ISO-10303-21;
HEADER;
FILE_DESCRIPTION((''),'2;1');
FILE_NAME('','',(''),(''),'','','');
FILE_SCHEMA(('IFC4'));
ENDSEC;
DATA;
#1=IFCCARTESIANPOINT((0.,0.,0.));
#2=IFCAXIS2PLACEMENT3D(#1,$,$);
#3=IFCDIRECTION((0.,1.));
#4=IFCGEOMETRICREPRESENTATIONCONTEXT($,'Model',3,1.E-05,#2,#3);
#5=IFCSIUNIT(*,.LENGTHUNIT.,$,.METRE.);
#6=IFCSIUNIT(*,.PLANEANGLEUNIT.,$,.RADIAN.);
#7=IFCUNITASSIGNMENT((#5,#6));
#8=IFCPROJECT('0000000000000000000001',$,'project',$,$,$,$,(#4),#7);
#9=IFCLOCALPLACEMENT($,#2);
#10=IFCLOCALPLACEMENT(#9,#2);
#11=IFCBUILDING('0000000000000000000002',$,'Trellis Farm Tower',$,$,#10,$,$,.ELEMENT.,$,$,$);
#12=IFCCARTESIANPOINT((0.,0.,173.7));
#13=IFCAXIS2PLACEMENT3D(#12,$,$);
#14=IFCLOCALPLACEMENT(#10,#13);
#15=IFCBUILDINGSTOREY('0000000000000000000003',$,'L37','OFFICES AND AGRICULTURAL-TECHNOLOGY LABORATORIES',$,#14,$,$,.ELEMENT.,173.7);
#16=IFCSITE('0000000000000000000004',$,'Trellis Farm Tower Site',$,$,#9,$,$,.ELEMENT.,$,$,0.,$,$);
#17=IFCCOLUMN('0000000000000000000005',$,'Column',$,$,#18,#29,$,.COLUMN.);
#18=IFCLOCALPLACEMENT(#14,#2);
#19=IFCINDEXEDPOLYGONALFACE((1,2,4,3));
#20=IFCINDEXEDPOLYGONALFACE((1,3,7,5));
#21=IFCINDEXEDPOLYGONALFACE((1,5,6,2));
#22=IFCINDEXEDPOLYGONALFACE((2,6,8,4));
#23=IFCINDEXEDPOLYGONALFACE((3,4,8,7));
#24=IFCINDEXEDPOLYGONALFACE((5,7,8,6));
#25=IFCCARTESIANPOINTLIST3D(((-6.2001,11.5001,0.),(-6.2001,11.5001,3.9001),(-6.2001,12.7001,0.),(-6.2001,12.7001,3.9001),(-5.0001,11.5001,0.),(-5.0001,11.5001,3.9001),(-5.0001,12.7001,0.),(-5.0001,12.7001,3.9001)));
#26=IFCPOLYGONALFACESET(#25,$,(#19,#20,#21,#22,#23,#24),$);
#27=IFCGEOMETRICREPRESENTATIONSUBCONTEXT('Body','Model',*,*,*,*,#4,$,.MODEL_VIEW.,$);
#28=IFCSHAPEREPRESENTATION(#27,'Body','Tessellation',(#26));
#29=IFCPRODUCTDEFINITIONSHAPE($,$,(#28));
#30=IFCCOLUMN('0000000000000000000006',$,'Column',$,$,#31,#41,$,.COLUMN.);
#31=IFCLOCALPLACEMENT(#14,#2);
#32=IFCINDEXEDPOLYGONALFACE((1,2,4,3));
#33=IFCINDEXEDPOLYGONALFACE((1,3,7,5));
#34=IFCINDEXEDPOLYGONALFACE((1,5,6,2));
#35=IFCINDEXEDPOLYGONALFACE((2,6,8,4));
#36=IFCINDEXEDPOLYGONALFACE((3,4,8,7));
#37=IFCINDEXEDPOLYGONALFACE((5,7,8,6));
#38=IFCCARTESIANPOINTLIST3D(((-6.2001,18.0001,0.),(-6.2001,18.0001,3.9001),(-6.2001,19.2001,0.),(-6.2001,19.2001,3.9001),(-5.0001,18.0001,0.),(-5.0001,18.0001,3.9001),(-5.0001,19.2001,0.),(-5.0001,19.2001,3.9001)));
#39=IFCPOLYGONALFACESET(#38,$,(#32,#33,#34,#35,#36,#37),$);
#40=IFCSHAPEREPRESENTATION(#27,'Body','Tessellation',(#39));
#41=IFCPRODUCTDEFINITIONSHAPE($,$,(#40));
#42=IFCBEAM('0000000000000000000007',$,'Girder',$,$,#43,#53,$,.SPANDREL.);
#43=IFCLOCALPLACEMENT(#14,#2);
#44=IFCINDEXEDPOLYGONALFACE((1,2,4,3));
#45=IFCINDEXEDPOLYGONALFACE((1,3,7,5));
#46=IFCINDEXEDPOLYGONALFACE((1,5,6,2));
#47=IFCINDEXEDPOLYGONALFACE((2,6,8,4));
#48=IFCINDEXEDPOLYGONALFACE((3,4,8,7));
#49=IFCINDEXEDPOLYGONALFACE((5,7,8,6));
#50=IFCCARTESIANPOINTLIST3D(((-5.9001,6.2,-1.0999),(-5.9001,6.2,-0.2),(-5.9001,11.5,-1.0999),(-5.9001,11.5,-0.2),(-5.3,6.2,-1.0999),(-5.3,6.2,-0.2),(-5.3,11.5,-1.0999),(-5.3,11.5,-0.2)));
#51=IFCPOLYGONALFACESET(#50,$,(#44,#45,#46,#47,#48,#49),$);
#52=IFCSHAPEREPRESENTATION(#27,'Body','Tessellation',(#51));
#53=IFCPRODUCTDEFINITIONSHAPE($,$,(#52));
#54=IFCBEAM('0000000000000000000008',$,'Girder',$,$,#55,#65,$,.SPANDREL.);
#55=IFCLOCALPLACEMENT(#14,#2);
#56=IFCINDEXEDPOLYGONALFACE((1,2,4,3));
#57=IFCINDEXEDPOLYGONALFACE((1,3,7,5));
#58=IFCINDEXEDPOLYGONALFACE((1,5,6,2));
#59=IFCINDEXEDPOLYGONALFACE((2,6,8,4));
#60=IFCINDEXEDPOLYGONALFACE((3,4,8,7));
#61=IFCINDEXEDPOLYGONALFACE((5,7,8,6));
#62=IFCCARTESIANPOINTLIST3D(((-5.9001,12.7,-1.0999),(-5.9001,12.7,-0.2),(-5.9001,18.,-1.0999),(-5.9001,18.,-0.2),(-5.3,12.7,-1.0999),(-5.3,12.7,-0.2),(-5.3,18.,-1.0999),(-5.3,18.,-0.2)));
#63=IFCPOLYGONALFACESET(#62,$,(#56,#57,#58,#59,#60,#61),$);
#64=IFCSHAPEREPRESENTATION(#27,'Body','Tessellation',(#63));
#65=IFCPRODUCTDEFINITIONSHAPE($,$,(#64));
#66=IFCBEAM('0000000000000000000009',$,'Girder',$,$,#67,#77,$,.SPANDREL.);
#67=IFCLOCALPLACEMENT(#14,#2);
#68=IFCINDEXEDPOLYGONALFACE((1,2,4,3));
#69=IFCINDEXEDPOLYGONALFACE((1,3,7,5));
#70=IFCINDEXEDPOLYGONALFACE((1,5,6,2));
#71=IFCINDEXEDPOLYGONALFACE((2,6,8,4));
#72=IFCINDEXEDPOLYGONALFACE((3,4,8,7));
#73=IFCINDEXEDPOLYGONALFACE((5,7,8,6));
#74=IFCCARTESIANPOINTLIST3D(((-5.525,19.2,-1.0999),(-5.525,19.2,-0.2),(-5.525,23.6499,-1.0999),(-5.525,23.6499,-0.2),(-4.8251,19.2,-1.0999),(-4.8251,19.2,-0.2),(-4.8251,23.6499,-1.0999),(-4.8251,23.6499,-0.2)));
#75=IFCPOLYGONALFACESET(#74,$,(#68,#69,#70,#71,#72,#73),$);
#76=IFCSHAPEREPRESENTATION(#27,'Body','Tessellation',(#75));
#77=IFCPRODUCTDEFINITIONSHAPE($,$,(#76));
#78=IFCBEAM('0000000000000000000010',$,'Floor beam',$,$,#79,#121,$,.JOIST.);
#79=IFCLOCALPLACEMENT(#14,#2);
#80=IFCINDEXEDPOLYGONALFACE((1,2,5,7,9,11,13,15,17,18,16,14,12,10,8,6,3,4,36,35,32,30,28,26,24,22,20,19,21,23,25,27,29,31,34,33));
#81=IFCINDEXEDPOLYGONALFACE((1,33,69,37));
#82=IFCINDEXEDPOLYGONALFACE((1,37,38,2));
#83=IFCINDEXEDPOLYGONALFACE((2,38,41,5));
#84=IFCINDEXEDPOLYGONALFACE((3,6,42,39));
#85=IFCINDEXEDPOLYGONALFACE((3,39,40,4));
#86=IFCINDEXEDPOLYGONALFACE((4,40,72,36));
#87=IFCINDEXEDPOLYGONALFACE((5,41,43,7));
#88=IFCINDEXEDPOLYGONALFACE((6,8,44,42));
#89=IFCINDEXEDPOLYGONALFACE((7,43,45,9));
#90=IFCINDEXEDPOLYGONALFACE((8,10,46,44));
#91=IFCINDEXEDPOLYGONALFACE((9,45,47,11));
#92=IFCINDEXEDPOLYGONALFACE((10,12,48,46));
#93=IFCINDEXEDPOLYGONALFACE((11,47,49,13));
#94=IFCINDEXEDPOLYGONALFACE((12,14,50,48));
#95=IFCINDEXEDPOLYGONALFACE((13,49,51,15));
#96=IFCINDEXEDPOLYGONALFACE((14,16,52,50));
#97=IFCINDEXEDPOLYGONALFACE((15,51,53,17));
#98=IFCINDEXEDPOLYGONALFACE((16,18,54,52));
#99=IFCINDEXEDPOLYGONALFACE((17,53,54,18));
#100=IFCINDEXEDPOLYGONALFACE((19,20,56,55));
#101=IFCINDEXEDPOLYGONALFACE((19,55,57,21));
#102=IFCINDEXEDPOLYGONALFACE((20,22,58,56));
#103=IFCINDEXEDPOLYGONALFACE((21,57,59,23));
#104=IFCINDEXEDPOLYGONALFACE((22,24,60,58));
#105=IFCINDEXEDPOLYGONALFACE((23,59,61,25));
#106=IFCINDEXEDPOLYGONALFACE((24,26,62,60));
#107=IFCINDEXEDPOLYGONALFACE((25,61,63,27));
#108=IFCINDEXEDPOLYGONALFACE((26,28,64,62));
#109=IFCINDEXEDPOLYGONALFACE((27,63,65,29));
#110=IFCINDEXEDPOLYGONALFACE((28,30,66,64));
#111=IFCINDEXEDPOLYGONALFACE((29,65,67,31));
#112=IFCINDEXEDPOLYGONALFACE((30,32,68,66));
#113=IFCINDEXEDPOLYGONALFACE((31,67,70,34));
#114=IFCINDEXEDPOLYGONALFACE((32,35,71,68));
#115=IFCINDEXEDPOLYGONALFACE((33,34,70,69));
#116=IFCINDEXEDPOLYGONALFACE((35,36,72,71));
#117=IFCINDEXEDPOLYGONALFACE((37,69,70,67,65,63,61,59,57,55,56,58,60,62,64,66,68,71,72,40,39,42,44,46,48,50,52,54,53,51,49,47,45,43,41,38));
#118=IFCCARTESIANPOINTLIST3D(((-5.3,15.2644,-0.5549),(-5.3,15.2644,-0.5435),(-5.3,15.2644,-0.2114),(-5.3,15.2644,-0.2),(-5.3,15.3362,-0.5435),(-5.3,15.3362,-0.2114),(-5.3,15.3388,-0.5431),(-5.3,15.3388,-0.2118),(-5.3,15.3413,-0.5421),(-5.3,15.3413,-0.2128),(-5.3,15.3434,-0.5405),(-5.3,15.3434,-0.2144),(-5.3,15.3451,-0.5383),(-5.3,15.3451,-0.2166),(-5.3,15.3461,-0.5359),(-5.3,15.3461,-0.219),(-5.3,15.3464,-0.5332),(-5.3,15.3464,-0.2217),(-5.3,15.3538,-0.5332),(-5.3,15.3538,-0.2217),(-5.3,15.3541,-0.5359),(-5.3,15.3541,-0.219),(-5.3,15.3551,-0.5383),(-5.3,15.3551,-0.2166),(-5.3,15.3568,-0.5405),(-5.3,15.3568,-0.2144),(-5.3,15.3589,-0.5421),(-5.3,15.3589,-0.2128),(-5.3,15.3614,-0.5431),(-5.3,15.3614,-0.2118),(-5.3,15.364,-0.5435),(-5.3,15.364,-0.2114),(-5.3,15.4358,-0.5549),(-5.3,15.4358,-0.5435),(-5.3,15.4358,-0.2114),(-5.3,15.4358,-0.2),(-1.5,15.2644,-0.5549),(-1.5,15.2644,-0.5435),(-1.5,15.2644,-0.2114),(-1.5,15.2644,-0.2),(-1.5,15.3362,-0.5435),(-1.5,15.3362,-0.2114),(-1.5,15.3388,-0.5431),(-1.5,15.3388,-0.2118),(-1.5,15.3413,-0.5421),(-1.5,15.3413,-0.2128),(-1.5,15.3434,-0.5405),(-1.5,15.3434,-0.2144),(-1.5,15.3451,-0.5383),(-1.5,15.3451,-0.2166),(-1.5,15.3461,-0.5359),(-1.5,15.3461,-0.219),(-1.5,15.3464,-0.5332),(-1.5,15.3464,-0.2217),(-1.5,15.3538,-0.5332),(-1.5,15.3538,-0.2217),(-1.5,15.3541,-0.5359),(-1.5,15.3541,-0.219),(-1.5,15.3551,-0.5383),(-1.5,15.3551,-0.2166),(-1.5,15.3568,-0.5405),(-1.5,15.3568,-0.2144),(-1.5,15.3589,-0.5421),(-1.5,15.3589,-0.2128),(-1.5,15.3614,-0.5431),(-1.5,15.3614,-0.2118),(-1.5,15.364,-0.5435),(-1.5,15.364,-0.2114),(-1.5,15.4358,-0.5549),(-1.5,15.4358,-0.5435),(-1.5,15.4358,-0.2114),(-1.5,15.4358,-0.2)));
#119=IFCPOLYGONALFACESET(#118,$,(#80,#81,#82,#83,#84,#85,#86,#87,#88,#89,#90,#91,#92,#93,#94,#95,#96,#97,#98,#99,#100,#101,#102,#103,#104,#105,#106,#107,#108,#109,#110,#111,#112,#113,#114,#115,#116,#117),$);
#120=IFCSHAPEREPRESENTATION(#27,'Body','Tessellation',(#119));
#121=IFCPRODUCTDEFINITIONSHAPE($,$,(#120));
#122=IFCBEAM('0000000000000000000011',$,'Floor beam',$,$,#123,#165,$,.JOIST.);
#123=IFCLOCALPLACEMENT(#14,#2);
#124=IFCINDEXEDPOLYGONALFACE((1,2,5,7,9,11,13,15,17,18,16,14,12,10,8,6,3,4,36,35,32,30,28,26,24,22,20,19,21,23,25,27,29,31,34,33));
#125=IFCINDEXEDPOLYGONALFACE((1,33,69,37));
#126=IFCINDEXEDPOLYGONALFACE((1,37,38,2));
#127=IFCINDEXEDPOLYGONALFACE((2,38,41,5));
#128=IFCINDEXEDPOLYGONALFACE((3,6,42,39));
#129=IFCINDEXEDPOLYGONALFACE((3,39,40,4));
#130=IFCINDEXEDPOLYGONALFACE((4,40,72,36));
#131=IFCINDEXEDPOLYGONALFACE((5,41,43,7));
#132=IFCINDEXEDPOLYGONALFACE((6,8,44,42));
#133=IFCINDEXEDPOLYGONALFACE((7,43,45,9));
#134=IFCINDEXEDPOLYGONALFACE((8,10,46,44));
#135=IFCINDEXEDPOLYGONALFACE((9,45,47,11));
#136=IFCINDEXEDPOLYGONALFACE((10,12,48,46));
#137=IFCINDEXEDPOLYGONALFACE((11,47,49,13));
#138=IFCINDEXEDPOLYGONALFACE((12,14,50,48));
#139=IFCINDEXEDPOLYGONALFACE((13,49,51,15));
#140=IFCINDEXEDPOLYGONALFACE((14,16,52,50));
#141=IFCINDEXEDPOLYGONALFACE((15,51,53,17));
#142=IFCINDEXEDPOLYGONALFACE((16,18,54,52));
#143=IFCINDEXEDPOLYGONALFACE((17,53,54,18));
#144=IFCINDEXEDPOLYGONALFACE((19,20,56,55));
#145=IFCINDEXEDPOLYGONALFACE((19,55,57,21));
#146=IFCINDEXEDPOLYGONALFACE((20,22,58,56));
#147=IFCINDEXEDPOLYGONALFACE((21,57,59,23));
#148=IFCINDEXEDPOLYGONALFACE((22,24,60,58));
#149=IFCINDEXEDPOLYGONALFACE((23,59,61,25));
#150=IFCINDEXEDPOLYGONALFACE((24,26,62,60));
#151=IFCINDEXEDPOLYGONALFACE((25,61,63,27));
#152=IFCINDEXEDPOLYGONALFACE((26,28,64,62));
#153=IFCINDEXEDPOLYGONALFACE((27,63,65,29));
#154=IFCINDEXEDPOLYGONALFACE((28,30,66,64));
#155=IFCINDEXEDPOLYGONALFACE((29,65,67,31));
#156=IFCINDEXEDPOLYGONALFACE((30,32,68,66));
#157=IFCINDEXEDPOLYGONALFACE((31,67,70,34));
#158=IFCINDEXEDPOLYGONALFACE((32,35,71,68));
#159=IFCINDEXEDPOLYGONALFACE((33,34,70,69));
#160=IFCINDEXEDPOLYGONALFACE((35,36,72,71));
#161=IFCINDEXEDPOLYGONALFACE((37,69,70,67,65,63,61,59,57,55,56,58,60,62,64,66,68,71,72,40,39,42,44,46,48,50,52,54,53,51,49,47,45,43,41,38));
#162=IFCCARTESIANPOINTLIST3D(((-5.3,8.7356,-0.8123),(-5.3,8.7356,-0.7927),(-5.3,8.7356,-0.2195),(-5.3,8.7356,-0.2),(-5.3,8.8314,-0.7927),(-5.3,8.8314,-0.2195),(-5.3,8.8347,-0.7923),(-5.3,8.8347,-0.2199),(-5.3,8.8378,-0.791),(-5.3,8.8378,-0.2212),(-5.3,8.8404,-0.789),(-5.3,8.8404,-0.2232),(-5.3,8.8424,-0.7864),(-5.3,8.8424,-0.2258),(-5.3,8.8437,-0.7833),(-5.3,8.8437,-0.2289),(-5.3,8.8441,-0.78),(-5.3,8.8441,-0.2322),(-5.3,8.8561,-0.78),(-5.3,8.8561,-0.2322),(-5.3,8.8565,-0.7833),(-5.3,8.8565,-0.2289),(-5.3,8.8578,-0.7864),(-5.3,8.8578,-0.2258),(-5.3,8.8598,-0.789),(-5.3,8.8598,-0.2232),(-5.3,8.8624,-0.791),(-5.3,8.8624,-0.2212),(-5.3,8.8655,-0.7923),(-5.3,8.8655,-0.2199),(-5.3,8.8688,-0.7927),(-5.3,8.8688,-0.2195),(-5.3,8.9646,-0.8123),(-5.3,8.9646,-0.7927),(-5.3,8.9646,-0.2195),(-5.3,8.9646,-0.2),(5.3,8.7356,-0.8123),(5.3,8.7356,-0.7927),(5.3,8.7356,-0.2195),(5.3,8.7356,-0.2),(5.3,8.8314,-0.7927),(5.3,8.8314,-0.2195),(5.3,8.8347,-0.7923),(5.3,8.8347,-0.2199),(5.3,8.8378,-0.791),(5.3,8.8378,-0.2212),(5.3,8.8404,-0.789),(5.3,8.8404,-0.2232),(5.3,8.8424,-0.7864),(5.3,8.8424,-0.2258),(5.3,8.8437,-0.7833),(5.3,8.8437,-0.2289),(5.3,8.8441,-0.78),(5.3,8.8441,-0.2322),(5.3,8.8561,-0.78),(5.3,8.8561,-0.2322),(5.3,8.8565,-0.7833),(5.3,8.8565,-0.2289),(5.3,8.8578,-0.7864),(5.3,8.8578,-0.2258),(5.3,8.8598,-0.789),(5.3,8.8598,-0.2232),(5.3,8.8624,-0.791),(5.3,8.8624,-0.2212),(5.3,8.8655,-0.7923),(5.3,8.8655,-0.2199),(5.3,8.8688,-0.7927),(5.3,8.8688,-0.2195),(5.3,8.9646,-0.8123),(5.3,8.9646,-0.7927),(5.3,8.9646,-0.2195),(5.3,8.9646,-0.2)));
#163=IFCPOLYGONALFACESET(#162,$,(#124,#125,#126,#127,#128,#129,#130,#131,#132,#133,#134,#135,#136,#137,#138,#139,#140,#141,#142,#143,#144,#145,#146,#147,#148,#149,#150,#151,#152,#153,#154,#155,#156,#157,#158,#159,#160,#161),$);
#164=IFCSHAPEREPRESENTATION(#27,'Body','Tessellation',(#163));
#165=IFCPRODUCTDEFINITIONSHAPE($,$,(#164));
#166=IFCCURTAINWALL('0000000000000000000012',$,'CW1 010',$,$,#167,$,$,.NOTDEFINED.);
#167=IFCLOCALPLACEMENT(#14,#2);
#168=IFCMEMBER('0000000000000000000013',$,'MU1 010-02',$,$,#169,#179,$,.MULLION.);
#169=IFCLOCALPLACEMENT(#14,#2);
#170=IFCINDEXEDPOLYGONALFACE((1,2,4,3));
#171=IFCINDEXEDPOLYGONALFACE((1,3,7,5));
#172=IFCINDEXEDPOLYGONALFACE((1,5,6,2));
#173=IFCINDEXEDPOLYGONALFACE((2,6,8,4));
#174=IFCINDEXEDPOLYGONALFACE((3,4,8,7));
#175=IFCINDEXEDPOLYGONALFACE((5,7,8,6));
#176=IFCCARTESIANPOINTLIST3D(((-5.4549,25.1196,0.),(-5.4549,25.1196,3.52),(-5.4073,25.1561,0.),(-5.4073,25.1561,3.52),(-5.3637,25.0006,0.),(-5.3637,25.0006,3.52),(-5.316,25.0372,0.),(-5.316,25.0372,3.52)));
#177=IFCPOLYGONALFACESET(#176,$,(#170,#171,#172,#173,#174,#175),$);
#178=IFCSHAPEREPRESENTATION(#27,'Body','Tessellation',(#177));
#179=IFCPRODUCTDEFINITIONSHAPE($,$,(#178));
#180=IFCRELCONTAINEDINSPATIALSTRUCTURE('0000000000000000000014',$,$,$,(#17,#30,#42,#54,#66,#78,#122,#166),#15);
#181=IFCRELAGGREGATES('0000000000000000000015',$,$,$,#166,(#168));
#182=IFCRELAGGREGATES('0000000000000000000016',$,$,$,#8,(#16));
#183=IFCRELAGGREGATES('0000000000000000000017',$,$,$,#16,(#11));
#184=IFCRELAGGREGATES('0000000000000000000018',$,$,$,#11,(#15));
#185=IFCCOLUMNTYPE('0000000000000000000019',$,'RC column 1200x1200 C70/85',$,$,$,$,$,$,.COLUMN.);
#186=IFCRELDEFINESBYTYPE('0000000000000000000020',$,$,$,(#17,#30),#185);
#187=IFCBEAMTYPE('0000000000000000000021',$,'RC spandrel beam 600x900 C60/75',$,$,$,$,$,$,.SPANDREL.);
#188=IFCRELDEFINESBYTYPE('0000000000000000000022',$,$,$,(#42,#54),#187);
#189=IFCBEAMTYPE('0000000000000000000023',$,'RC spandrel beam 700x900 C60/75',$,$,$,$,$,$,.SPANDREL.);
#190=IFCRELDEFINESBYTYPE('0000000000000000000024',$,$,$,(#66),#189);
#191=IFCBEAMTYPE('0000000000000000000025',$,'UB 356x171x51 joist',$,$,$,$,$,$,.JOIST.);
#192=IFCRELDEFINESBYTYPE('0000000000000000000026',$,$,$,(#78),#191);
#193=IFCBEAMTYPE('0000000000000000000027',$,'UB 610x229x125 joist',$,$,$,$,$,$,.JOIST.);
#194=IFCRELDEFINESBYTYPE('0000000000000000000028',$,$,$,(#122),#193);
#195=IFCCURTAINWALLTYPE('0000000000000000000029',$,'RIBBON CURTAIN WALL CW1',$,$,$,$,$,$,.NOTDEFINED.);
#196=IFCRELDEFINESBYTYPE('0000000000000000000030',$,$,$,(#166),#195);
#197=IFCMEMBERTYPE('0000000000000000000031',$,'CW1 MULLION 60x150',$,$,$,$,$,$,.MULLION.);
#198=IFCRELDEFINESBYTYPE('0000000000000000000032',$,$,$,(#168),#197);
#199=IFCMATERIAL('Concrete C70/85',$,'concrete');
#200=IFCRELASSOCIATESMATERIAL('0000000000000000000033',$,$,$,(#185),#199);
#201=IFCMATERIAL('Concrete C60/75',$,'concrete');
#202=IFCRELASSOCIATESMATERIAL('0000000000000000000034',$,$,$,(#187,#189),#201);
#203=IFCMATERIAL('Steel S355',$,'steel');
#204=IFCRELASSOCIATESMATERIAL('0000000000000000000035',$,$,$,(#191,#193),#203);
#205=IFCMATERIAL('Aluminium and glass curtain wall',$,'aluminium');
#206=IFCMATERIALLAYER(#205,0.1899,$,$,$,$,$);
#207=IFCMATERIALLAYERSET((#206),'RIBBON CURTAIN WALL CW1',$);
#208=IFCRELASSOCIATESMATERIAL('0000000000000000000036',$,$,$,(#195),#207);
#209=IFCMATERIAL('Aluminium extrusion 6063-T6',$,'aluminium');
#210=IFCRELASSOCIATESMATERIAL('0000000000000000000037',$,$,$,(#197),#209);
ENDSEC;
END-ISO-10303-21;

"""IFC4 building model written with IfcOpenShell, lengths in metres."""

from ifc_helpers import new_model, si_unit, direction, frame, origin, origin_2d, place, context, subcontext, project, spatial, rectangle, i_section, extrude, source, transform, mapped, material, layer, layer_set, material_profile, profile_set, type_object, element, aggregate, save


model = new_model("IFC4")

# Units and contexts
model_context = context("Model", 3, precision=1e-05, world=origin(), true_north=direction((0.0, 1.0)))
body_context = subcontext(model_context, "Body", "Model", "MODEL_VIEW")
ifc_project = project(units=[si_unit("LENGTHUNIT", "METRE"), si_unit("PLANEANGLEUNIT", "RADIAN")], contexts=[model_context])

# Site, building, storey
site_placement = place(None, origin())
site = spatial("IfcSite", under=ifc_project, at=site_placement, Name="Trellis Farm Tower Site", CompositionType="ELEMENT", RefElevation=0.0)
building_placement = place(site_placement, origin())
building = spatial("IfcBuilding", under=site, at=building_placement, Name="Trellis Farm Tower", CompositionType="ELEMENT")
storey_placement = place(building_placement, frame((0.0, 0.0, 173.7)))
storey = spatial("IfcBuildingStorey", under=building, at=storey_placement, Name="L37", Description="OFFICES AND AGRICULTURAL-TECHNOLOGY LABORATORIES", CompositionType="ELEMENT", Elevation=173.7)

# Columns
ifc_material_1 = material(Name="Concrete C70/85", Category="concrete")
ifc_material_profile_1 = material_profile(ifc_material_1, rectangle(XDim=1.2, YDim=1.2, at=origin_2d()), Name="RC column 1200x1200 C70/85")
ifc_profile_set_1 = profile_set([ifc_material_profile_1], Name="Concrete C70/85")
column_type = type_object("IfcColumnType", Name="RC column 1200x1200 C70/85", PredefinedType="COLUMN", material=ifc_profile_set_1)
shared_shape_1 = source(origin(), body_context, "Body", "SweptSolid", [
    extrude(rectangle(XDim=1.2, YDim=1.2, at=origin_2d()), origin(), (0.0, 0.0, 1.0), 3.9001),
])
for number, where, z_axis, x_axis, name in (
    (1, (-5.6001, 12.1001, 0.0), (0.0, 0.0, 1.0), (1.0, 0.0, 0.0), "Column"),
    (2, (-5.6001, 18.6001, 0.0), (0.0, 0.0, 1.0), (1.0, 0.0, 0.0), "Column"),
):
    element("IfcColumn", number, at=place(storey_placement, frame(where, z_axis=z_axis, x_axis=x_axis)), inside=storey, type_object=column_type, Name=name, PredefinedType="COLUMN", context=body_context, shape_type="MappedRepresentation", body=[
        mapped(shared_shape_1, transform((0.0, 0.0, 0.0))),
    ])

# Beams
ifc_material_2 = material(Name="Concrete C60/75", Category="concrete")
ifc_material_profile_2 = material_profile(ifc_material_2, rectangle(XDim=0.6001, YDim=0.8999, at=origin_2d()), Name="RC spandrel beam 600x900 C60/75")
ifc_profile_set_2 = profile_set([ifc_material_profile_2], Name="Concrete C60/75")
beam_type_1 = type_object("IfcBeamType", Name="RC spandrel beam 600x900 C60/75", PredefinedType="SPANDREL", material=ifc_profile_set_2)
shared_shape_2 = source(origin(), body_context, "Body", "SweptSolid", [
    extrude(rectangle(XDim=0.6001, YDim=0.8999, at=origin_2d()), origin(), (0.0, 0.0, 1.0), 5.3),
])
for number, where, z_axis, x_axis, name in (
    (3, (-5.6001, 6.2, -0.6499), (0.0, 1.0, 0.0), (-1.0, 0.0, 0.0), "Girder"),
    (4, (-5.6001, 12.7, -0.6499), (0.0, 1.0, 0.0), (-1.0, 0.0, 0.0), "Girder"),
):
    element("IfcBeam", number, at=place(storey_placement, frame(where, z_axis=z_axis, x_axis=x_axis)), inside=storey, type_object=beam_type_1, Name=name, PredefinedType="SPANDREL", context=body_context, shape_type="MappedRepresentation", body=[
        mapped(shared_shape_2, transform((0.0, 0.0, 0.0))),
    ])
ifc_material_profile_3 = material_profile(ifc_material_2, rectangle(XDim=0.7, YDim=0.8999, at=origin_2d()), Name="RC spandrel beam 700x900 C60/75")
ifc_profile_set_3 = profile_set([ifc_material_profile_3], Name="Concrete C60/75")
beam_type_2 = type_object("IfcBeamType", Name="RC spandrel beam 700x900 C60/75", PredefinedType="SPANDREL", material=ifc_profile_set_3)
shared_shape_3 = source(origin(), body_context, "Body", "SweptSolid", [
    extrude(rectangle(XDim=0.7, YDim=0.8999, at=origin_2d()), origin(), (0.0, 0.0, 1.0), 4.45),
])
beam_1_placement = place(storey_placement, frame((-5.175, 19.2, -0.6499), z_axis=(0.0, 1.0, 0.0), x_axis=(-1.0, 0.0, 0.0)))
element("IfcBeam", 5, at=beam_1_placement, inside=storey, type_object=beam_type_2, Name="Girder", PredefinedType="SPANDREL", context=body_context, shape_type="MappedRepresentation", body=[
    mapped(shared_shape_3, transform((0.0, 0.0, 0.0))),
])
ifc_material_3 = material(Name="Steel S355", Category="steel")
ifc_material_profile_4 = material_profile(ifc_material_3, i_section(OverallWidth=0.1714, OverallDepth=0.355, WebThickness=0.0073, FlangeThickness=0.0115, FilletRadius=0.0103, at=origin_2d()), Name="UB 356x171x51")
ifc_profile_set_4 = profile_set([ifc_material_profile_4], Name="Steel S355")
beam_type_3 = type_object("IfcBeamType", Name="UB 356x171x51 joist", PredefinedType="JOIST", material=ifc_profile_set_4)
shared_shape_4 = source(origin(), body_context, "Body", "SweptSolid", [
    extrude(i_section(OverallWidth=0.1714, OverallDepth=0.355, WebThickness=0.0073, FlangeThickness=0.0115, FilletRadius=0.0103, at=origin_2d()), origin(), (0.0, 0.0, 1.0), 3.8),
])
beam_2_placement = place(storey_placement, frame((-5.3, 15.3501, -0.3774), z_axis=(1.0, 0.0, 0.0), x_axis=(0.0, 1.0, 0.0)))
element("IfcBeam", 6, at=beam_2_placement, inside=storey, type_object=beam_type_3, Name="Floor beam", PredefinedType="JOIST", context=body_context, shape_type="MappedRepresentation", body=[
    mapped(shared_shape_4, transform((0.0, 0.0, 0.0))),
])
ifc_material_profile_5 = material_profile(ifc_material_3, i_section(OverallWidth=0.229, OverallDepth=0.6123, WebThickness=0.012, FlangeThickness=0.0195, FilletRadius=0.0127, at=origin_2d()), Name="UB 610x229x125")
ifc_profile_set_5 = profile_set([ifc_material_profile_5], Name="Steel S355")
beam_type_4 = type_object("IfcBeamType", Name="UB 610x229x125 joist", PredefinedType="JOIST", material=ifc_profile_set_5)
shared_shape_5 = source(origin(), body_context, "Body", "SweptSolid", [
    extrude(i_section(OverallWidth=0.229, OverallDepth=0.6123, WebThickness=0.012, FlangeThickness=0.0195, FilletRadius=0.0127, at=origin_2d()), origin(), (0.0, 0.0, 1.0), 10.6001),
])
beam_3_placement = place(storey_placement, frame((-5.3, 8.8501, -0.5061), z_axis=(1.0, 0.0, 0.0), x_axis=(0.0, 1.0, 0.0)))
element("IfcBeam", 7, at=beam_3_placement, inside=storey, type_object=beam_type_4, Name="Floor beam", PredefinedType="JOIST", context=body_context, shape_type="MappedRepresentation", body=[
    mapped(shared_shape_5, transform((0.0, 0.0, 0.0))),
])

# Curtain wall, member
ifc_material_4 = material(Name="Aluminium and glass curtain wall", Category="aluminium")
ifc_layer_1 = layer(ifc_material_4, 0.1899)
ifc_layer_set_1 = layer_set([ifc_layer_1], Name="RIBBON CURTAIN WALL CW1")
curtain_wall_type_1 = type_object("IfcCurtainWallType", Name="RIBBON CURTAIN WALL CW1", PredefinedType="NOTDEFINED", material=ifc_layer_set_1)
placement = place(storey_placement, origin())
curtain_wall_1 = element("IfcCurtainWall", 8, at=placement, inside=storey, type_object=curtain_wall_type_1, Name="CW1 010", PredefinedType="NOTDEFINED")
ifc_material_5 = material(Name="Aluminium extrusion 6063-T6", Category="aluminium")
ifc_material_profile_6 = material_profile(ifc_material_5, rectangle(XDim=0.0601, YDim=0.1499, at=origin_2d()), Name="MULLION 60x150")
ifc_profile_set_6 = profile_set([ifc_material_profile_6], Name="Aluminium extrusion 6063-T6")
member_type_1 = type_object("IfcMemberType", Name="CW1 MULLION 60x150", PredefinedType="MULLION", material=ifc_profile_set_6)
shared_shape_6 = source(origin(), body_context, "Body", "SweptSolid", [
    extrude(rectangle(XDim=0.0601, YDim=0.1499, at=origin_2d()), origin(), (0.0, 0.0, 1.0), 3.52),
])
member_1_placement = place(storey_placement, frame((-5.3855, 25.0784, 0.0), z_axis=(0.0, 0.0, 1.0), x_axis=(-0.793353, -0.608761, 0.0)))
member_1 = element("IfcMember", 9, at=member_1_placement, type_object=member_type_1, Name="MU1 010-02", PredefinedType="MULLION", context=body_context, shape_type="MappedRepresentation", body=[
    mapped(shared_shape_6, transform((0.0, 0.0, 0.0))),
])
aggregate(curtain_wall_1, [member_1])

save(model, "model.ifc")
